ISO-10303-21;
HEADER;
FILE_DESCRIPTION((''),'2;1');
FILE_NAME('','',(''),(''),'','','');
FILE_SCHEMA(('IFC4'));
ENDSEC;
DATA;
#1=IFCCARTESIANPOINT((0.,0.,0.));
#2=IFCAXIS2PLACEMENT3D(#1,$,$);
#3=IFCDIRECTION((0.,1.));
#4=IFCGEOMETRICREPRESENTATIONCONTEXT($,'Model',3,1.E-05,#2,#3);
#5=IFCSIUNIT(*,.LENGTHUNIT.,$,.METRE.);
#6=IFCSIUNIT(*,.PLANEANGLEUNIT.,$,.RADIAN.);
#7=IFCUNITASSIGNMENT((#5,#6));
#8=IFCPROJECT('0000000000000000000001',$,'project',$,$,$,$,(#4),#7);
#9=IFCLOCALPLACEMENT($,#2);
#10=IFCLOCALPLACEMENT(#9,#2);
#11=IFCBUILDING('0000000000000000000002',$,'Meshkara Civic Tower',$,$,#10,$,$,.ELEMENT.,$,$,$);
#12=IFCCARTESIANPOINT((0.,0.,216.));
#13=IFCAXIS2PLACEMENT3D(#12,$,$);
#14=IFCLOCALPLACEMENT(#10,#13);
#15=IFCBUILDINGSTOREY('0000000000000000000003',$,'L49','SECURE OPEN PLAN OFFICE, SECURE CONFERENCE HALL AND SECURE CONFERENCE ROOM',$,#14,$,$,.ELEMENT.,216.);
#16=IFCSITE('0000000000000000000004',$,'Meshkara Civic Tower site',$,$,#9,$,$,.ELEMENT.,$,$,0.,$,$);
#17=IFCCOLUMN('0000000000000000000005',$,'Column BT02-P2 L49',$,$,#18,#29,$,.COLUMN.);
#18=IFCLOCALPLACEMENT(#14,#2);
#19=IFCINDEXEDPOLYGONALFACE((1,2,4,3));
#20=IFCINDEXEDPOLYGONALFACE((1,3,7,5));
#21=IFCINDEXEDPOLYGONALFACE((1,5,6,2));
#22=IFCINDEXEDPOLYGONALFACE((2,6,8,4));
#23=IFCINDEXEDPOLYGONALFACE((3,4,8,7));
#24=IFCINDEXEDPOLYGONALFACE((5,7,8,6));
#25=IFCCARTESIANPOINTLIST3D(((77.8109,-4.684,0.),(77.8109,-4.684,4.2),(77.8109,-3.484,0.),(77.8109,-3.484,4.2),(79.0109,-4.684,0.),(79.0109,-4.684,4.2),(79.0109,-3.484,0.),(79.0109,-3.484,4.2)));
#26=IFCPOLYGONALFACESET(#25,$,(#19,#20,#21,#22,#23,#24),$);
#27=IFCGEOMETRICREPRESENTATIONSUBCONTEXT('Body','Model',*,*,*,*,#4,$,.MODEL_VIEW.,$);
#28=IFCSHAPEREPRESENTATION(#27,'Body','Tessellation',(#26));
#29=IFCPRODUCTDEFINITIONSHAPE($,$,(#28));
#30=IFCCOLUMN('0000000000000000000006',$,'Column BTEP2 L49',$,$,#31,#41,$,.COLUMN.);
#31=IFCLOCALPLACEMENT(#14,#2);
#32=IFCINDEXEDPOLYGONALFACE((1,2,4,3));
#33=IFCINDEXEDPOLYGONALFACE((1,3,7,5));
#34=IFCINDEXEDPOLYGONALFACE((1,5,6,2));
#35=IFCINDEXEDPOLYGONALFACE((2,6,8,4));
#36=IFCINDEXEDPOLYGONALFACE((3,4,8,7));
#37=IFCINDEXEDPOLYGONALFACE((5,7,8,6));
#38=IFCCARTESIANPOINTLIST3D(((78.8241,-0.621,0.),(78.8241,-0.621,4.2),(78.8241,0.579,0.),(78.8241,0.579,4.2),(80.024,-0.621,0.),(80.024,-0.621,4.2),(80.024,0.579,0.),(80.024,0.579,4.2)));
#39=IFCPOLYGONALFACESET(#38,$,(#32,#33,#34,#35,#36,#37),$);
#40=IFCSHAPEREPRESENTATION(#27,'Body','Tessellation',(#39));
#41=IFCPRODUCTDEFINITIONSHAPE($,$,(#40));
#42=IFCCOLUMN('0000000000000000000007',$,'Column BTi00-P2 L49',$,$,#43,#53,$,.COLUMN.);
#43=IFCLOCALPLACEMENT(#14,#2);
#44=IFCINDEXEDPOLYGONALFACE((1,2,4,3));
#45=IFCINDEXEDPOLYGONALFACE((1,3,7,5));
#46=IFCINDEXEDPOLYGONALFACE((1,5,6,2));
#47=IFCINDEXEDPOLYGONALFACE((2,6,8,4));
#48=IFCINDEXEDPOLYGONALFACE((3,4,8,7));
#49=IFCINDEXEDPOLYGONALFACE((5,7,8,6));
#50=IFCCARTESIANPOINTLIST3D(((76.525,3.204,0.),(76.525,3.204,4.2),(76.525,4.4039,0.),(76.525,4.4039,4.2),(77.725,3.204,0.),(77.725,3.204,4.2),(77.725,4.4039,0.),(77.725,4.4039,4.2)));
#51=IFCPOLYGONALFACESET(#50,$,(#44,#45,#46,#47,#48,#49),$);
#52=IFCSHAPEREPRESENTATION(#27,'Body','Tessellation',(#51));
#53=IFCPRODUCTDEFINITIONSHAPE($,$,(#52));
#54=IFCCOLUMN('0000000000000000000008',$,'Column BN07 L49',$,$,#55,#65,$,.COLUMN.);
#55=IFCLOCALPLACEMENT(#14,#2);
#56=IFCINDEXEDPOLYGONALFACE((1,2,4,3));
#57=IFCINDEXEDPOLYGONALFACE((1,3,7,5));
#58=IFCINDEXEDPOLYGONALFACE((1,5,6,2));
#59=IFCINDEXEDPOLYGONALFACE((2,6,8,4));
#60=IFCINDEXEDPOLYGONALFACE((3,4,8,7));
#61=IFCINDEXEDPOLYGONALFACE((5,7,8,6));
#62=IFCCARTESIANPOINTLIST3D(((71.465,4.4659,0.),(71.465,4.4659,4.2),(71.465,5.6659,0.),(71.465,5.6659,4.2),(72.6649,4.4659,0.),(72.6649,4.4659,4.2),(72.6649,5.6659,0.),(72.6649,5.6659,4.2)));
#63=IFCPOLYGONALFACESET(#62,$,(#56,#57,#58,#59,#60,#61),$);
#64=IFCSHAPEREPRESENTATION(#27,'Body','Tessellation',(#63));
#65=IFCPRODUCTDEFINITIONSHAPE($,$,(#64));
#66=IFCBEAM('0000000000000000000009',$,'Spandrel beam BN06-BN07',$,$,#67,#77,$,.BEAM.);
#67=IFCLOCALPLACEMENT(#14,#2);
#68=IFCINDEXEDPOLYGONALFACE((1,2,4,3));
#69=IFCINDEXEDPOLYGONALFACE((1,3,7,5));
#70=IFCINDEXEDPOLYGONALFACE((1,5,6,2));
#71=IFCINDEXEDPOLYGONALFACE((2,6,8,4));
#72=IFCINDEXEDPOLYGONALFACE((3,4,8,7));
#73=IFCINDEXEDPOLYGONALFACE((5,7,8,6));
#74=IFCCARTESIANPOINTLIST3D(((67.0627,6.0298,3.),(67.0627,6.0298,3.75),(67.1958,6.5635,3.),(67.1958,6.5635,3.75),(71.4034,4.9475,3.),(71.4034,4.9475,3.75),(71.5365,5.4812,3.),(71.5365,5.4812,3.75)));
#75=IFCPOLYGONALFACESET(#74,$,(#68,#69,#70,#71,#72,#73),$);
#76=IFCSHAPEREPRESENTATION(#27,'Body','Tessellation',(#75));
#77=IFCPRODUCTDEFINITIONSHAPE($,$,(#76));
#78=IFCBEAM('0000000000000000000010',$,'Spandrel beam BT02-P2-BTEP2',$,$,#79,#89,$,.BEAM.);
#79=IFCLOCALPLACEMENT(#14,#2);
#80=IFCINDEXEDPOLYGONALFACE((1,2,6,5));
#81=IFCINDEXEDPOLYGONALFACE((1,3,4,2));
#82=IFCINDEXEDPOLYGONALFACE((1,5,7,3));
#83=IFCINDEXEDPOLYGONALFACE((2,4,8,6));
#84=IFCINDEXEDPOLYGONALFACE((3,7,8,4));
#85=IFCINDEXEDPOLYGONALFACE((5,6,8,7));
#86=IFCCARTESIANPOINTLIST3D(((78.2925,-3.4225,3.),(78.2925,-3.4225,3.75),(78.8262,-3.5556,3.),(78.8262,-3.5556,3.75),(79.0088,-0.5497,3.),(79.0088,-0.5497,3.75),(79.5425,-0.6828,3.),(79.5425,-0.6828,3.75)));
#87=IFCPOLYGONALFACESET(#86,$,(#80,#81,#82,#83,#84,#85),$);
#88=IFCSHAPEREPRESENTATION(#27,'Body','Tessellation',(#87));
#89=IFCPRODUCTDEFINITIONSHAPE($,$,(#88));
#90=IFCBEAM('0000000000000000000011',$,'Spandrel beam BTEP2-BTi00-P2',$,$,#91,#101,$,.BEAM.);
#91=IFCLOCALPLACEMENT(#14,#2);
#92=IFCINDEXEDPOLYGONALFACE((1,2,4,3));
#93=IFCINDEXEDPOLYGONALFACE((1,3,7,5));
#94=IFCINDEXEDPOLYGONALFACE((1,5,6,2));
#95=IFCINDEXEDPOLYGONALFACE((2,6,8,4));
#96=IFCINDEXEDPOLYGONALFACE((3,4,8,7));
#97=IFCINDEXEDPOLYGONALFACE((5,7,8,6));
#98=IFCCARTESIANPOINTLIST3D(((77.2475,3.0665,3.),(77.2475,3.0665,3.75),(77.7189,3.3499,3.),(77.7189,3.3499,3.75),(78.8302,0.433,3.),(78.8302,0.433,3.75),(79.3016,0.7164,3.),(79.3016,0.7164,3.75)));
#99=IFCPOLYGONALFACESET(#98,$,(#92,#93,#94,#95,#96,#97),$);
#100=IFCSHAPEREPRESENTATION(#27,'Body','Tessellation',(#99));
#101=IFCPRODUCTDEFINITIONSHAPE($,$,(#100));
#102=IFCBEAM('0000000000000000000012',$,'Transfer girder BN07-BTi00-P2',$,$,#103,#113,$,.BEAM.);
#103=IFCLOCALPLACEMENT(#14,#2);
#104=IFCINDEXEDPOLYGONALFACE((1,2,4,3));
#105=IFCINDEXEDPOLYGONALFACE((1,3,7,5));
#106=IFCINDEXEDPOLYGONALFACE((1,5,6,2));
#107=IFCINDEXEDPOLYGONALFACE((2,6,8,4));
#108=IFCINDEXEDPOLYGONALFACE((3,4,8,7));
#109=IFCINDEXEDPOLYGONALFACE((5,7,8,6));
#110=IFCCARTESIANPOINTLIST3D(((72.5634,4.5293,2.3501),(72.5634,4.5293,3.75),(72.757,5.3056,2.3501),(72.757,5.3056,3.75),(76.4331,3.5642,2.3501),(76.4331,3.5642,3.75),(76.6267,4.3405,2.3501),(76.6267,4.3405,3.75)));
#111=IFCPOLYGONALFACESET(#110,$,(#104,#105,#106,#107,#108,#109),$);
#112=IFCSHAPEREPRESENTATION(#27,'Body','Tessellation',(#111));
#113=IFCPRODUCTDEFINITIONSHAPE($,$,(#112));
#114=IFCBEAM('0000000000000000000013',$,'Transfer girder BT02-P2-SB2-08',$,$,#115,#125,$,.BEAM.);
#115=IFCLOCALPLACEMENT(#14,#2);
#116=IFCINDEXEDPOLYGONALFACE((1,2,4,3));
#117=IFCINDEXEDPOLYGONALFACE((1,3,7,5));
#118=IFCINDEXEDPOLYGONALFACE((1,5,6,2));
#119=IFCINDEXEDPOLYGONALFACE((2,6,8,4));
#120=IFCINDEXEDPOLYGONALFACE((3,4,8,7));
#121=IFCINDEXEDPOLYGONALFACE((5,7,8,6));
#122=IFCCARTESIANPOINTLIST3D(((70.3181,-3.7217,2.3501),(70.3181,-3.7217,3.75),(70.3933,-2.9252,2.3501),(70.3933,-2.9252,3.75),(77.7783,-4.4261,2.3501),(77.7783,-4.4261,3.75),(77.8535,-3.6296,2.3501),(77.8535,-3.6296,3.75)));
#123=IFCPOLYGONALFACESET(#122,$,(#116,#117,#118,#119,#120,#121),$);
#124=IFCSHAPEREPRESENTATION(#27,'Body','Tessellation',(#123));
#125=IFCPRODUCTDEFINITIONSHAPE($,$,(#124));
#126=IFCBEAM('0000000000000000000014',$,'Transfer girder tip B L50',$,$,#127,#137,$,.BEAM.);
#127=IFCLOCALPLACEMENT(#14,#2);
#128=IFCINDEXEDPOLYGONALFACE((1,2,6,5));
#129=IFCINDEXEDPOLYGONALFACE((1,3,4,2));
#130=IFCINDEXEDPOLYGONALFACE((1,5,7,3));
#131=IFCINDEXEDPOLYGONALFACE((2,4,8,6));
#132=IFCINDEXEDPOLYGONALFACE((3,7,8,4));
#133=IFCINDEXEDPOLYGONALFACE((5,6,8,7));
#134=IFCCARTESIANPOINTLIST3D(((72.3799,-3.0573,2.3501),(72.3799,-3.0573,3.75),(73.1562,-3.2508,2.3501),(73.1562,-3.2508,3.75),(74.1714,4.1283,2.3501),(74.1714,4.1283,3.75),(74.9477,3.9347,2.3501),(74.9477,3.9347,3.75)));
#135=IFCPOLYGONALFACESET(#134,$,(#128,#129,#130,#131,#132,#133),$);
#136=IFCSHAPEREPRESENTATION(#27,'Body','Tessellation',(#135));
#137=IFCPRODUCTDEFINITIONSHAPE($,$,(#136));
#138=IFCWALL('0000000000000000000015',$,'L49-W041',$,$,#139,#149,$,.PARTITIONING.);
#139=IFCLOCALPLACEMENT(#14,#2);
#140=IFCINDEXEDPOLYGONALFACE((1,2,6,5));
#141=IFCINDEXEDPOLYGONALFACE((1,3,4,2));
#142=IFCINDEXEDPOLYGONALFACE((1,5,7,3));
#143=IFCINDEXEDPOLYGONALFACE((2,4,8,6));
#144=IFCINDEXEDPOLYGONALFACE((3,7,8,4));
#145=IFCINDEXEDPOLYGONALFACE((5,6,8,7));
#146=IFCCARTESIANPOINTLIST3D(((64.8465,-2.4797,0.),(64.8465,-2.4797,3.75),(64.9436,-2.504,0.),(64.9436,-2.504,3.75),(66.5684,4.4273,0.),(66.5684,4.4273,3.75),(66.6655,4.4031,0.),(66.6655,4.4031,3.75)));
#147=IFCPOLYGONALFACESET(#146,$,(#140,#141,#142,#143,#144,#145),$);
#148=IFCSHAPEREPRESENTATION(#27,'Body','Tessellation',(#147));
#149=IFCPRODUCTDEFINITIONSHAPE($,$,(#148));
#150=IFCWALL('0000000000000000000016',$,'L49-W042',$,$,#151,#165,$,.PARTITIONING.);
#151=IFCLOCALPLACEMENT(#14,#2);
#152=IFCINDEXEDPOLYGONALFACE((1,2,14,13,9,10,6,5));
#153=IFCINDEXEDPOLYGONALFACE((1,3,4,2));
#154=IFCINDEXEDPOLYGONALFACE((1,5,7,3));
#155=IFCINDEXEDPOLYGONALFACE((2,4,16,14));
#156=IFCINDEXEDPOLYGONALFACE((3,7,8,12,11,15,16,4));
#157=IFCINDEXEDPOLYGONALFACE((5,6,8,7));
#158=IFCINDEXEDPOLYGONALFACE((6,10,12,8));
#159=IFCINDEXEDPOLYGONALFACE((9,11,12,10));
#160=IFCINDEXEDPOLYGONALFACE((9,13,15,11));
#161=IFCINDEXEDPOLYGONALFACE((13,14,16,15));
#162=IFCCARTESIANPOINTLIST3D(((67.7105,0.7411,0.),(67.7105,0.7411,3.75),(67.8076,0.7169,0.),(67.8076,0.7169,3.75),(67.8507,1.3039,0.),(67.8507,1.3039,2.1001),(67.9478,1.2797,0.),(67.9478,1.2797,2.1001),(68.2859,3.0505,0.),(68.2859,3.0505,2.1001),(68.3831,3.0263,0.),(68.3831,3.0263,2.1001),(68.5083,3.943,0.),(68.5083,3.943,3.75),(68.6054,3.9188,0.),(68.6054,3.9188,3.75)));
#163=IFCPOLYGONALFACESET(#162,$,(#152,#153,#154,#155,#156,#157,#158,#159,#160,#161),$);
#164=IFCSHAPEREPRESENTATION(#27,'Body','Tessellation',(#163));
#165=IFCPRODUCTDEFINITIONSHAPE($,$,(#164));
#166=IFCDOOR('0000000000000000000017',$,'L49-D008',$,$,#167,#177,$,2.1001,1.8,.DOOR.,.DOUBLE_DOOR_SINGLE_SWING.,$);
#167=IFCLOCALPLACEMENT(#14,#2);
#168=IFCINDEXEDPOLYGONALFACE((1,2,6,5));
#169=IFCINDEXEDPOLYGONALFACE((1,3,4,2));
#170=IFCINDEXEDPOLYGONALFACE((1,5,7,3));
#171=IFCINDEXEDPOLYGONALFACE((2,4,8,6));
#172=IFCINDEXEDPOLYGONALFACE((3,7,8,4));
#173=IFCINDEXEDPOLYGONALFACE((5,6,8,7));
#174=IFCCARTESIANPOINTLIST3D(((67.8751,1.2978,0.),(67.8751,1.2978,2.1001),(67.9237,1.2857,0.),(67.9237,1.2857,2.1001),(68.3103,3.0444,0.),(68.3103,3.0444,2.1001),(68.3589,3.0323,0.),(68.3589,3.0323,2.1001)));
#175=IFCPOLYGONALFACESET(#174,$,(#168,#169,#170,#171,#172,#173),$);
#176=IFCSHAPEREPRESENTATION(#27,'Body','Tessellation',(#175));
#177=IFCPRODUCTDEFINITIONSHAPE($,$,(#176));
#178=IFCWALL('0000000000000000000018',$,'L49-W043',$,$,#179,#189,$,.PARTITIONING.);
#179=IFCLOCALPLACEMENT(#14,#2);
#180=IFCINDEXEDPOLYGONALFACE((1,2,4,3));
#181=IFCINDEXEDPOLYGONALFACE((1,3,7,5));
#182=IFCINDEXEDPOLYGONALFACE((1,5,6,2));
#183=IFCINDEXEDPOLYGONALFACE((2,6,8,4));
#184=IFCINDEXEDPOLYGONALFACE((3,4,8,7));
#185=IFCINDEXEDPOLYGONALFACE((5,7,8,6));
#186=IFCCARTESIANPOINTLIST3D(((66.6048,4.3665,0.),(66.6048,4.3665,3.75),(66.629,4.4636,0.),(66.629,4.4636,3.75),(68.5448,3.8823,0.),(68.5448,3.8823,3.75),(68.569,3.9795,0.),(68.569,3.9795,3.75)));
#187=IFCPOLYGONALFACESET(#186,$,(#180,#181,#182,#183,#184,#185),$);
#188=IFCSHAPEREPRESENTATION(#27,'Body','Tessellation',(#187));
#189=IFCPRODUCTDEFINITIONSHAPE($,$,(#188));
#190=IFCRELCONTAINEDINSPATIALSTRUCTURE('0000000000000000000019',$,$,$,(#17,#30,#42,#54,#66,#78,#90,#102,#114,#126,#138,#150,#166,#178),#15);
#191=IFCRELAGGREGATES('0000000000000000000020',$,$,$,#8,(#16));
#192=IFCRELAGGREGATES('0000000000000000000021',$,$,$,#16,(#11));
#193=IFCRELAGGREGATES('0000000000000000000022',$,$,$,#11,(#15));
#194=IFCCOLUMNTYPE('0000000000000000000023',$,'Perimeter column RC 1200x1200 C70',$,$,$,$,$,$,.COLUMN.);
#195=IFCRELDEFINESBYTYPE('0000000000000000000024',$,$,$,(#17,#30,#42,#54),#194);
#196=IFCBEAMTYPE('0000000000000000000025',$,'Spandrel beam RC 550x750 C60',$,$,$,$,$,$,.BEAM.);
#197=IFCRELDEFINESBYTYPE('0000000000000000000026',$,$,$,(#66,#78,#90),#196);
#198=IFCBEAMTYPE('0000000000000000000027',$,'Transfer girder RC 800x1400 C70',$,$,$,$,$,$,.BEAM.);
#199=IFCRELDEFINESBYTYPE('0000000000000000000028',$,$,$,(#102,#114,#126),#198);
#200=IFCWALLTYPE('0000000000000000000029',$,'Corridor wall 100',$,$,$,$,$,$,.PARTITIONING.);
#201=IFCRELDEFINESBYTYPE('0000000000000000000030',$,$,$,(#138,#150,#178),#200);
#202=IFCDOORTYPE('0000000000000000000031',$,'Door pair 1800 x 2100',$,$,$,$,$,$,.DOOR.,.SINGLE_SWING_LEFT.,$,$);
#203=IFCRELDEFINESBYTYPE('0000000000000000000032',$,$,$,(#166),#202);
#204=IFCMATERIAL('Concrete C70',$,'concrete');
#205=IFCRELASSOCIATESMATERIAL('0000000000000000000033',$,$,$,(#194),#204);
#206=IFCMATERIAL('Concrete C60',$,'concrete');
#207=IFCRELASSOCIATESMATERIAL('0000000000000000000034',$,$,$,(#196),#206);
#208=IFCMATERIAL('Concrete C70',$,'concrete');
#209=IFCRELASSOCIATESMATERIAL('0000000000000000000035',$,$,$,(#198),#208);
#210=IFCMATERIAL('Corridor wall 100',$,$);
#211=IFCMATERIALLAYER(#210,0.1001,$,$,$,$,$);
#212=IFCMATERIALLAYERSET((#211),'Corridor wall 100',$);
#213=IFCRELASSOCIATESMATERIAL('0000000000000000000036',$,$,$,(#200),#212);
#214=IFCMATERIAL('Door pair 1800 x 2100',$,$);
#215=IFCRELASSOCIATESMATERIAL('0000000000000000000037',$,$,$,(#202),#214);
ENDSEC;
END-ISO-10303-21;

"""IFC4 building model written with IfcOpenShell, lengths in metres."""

from ifc_helpers import new_model, si_unit, direction, frame, frame_2d, origin, origin_2d, place, context, subcontext, project, spatial, rectangle, extrude, material, layer, layer_set, material_profile, profile_set, type_object, element, fill, save


model = new_model("IFC4")

# Units and contexts
model_context = context("Model", 3, precision=1e-05, world=origin(), true_north=direction((0.0, 1.0)))
body_context = subcontext(model_context, "Body", "Model", "MODEL_VIEW")
ifc_project = project(units=[si_unit("LENGTHUNIT", "METRE"), si_unit("PLANEANGLEUNIT", "RADIAN")], contexts=[model_context])

# Site, building, storey
site_placement = place(None, origin())
site = spatial("IfcSite", under=ifc_project, at=site_placement, Name="Meshkara Civic Tower site", CompositionType="ELEMENT", RefElevation=0.0)
building_placement = place(site_placement, origin())
building = spatial("IfcBuilding", under=site, at=building_placement, Name="Meshkara Civic Tower", CompositionType="ELEMENT")
storey_placement = place(building_placement, frame((0.0, 0.0, 216.0)))
storey = spatial("IfcBuildingStorey", under=building, at=storey_placement, Name="L49", Description="SECURE OPEN PLAN OFFICE, SECURE CONFERENCE HALL AND SECURE CONFERENCE ROOM", CompositionType="ELEMENT", Elevation=216.0)

# Columns
ifc_material_1 = material(Name="Concrete C70", Category="concrete")
ifc_material_profile_1 = material_profile(ifc_material_1, rectangle(XDim=1.2, YDim=1.2, at=origin_2d()))
ifc_profile_set_1 = profile_set([ifc_material_profile_1], Name="Concrete C70")
column_type = type_object("IfcColumnType", Name="Perimeter column RC 1200x1200 C70", PredefinedType="COLUMN", material=ifc_profile_set_1)
for number, where, z_axis, x_axis, name in (
    (1, (78.4109, -4.084, 0.0), (0.0, 0.0, 1.0), (1.0, 0.0, 0.0), "Column BT02-P2 L49"),
    (2, (79.4241, -0.021, 0.0), (0.0, 0.0, 1.0), (1.0, 0.0, 0.0), "Column BTEP2 L49"),
    (3, (77.125, 3.804, 0.0), (0.0, 0.0, 1.0), (1.0, 0.0, 0.0), "Column BTi00-P2 L49"),
    (4, (72.0649, 5.0659, 0.0), (0.0, 0.0, 1.0), (1.0, 0.0, 0.0), "Column BN07 L49"),
):
    element("IfcColumn", number, at=place(storey_placement, frame(where, z_axis=z_axis, x_axis=x_axis)), inside=storey, type_object=column_type, Name=name, PredefinedType="COLUMN", context=body_context, shape_type="SweptSolid", body=[
        extrude(rectangle(XDim=1.2, YDim=1.2, at=origin_2d()), origin(), (0.0, 0.0, 1.0), 4.2),
    ])

# Beams
ifc_material_2 = material(Name="Concrete C60", Category="concrete")
ifc_material_profile_2 = material_profile(ifc_material_2, rectangle(XDim=0.55, YDim=0.75, at=origin_2d()))
ifc_profile_set_2 = profile_set([ifc_material_profile_2], Name="Concrete C60")
beam_type_1 = type_object("IfcBeamType", Name="Spandrel beam RC 550x750 C60", PredefinedType="BEAM", material=ifc_profile_set_2)
beam_1_placement = place(storey_placement, frame((71.47, 5.2144, 3.375), z_axis=(-0.970296, 0.241919, 0.0), x_axis=(-0.241919, -0.970296, 0.0)))
element("IfcBeam", 5, at=beam_1_placement, inside=storey, type_object=beam_type_1, Name="Spandrel beam BN06-BN07", PredefinedType="BEAM", context=body_context, shape_type="SweptSolid", body=[
    extrude(rectangle(XDim=0.55, YDim=0.75, at=origin_2d()), origin(), (0.0, 0.0, 1.0), 4.4736),
])
beam_2_placement = place(storey_placement, frame((78.5593, -3.489, 3.375), z_axis=(0.241934, 0.970293, 0.0), x_axis=(-0.970293, 0.241934, 0.0)))
element("IfcBeam", 6, at=beam_2_placement, inside=storey, type_object=beam_type_1, Name="Spandrel beam BT02-P2-BTEP2", PredefinedType="BEAM", context=body_context, shape_type="SweptSolid", body=[
    extrude(rectangle(XDim=0.55, YDim=0.75, at=origin_2d()), origin(), (0.0, 0.0, 1.0), 2.9607),
])
beam_3_placement = place(storey_placement, frame((79.0659, 0.5747, 3.375), z_axis=(-0.515127, 0.857114, 0.0), x_axis=(-0.857114, -0.515127, 0.0)))
element("IfcBeam", 7, at=beam_3_placement, inside=storey, type_object=beam_type_1, Name="Spandrel beam BTEP2-BTi00-P2", PredefinedType="BEAM", context=body_context, shape_type="SweptSolid", body=[
    extrude(rectangle(XDim=0.55, YDim=0.75, at=origin_2d()), origin(), (0.0, 0.0, 1.0), 3.0725),
])
ifc_material_3 = material(Name="Concrete C70", Category="concrete")
ifc_material_profile_3 = material_profile(ifc_material_3, rectangle(XDim=0.8, YDim=1.3999, at=origin_2d()))
ifc_profile_set_3 = profile_set([ifc_material_profile_3], Name="Concrete C70")
beam_type_2 = type_object("IfcBeamType", Name="Transfer girder RC 800x1400 C70", PredefinedType="BEAM", material=ifc_profile_set_3)
beam_4_placement = place(storey_placement, frame((72.6602, 4.9175, 3.05), z_axis=(0.970279, -0.241988, 0.0), x_axis=(0.241988, 0.970279, 0.0)))
element("IfcBeam", 8, at=beam_4_placement, inside=storey, type_object=beam_type_2, Name="Transfer girder BN07-BTi00-P2", PredefinedType="BEAM", context=body_context, shape_type="SweptSolid", body=[
    extrude(rectangle(XDim=0.8, YDim=1.3999, at=origin_2d()), origin(), (0.0, 0.0, 1.0), 3.9883),
])
beam_5_placement = place(storey_placement, frame((70.3557, -3.3235, 3.05), z_axis=(0.995573, -0.093996, 0.0), x_axis=(0.093996, 0.995573, 0.0)))
element("IfcBeam", 9, at=beam_5_placement, inside=storey, type_object=beam_type_2, Name="Transfer girder BT02-P2-SB2-08", PredefinedType="BEAM", context=body_context, shape_type="SweptSolid", body=[
    extrude(rectangle(XDim=0.8, YDim=1.3999, at=origin_2d()), origin(), (0.0, 0.0, 1.0), 7.4934),
])
beam_6_placement = place(storey_placement, frame((72.7681, -3.1541, 3.05), z_axis=(0.241915, 0.970297, 0.0), x_axis=(-0.970297, 0.241915, 0.0)))
element("IfcBeam", 10, at=beam_6_placement, inside=storey, type_object=beam_type_2, Name="Transfer girder tip B L50", PredefinedType="BEAM", context=body_context, shape_type="SweptSolid", body=[
    extrude(rectangle(XDim=0.8, YDim=1.3999, at=origin_2d()), origin(), (0.0, 0.0, 1.0), 7.4055),
])

# Wall
ifc_material_4 = material(Name="Corridor wall 100")
ifc_layer_1 = layer(ifc_material_4, 0.1001)
ifc_layer_set_1 = layer_set([ifc_layer_1], Name="Corridor wall 100")
wall_type_1 = type_object("IfcWallType", Name="Corridor wall 100", PredefinedType="PARTITIONING", material=ifc_layer_set_1)
wall_1_placement = place(storey_placement, frame((66.6169, 4.415, 0.0), z_axis=(0.0, 0.0, 1.0), x_axis=(-0.241898, -0.970302, 0.0)))
element("IfcWall", 11, at=wall_1_placement, inside=storey, type_object=wall_type_1, Name="L49-W041", PredefinedType="PARTITIONING", context=body_context, shape_type="SweptSolid", body=[
    extrude(rectangle(XDim=7.1184, YDim=0.1001, at=frame_2d((3.5591, 0.0))), origin(), (0.0, 0.0, 1.0), 3.75),
])

# Wall, opening, door
wall_2_placement = place(storey_placement, frame((67.759, 0.729, 0.0), z_axis=(0.0, 0.0, 1.0), x_axis=(0.241787, 0.970329, 0.0)))
wall_2 = element("IfcWall", 12, at=wall_2_placement, inside=storey, type_object=wall_type_1, Name="L49-W042", PredefinedType="PARTITIONING", context=body_context, shape_type="SweptSolid", body=[
    extrude(rectangle(XDim=3.2998, YDim=0.1001, at=frame_2d((1.6499, 0.0))), origin(), (0.0, 0.0, 1.0), 3.75),
])
opening_1_placement = place(wall_2_placement, frame((0.5801, 0.0, 0.0)))
opening_1 = element("IfcOpeningElement", 13, at=opening_1_placement, cuts=wall_2, PredefinedType="OPENING", context=body_context, shape_type="SweptSolid", body=[
    extrude(rectangle(XDim=1.8, YDim=2.1001, at=frame_2d((0.8999, 1.05))), frame((0.0, 0.0601, 0.0), z_axis=(0.0, -1.0, 0.0), x_axis=(1.0, 0.0, 0.0)), (0.0, 0.0, 1.0), 0.1201),
])
ifc_material_5 = material(Name="Door pair 1800 x 2100")
door_type = type_object("IfcDoorType", Name="Door pair 1800 x 2100", OperationType="SINGLE_SWING_LEFT", PredefinedType="DOOR", material=ifc_material_5)
door_placement = place(opening_1_placement, origin())
door = element("IfcDoor", 14, at=door_placement, inside=storey, type_object=door_type, Name="L49-D008", OperationType="DOUBLE_DOOR_SINGLE_SWING", OverallHeight=2.1001, OverallWidth=1.8, PredefinedType="DOOR", context=body_context, shape_type="SweptSolid", body=[
    extrude(rectangle(XDim=1.8, YDim=2.1001, at=frame_2d((0.8999, 1.05))), frame((0.0, 0.0249, 0.0), z_axis=(0.0, -1.0, 0.0), x_axis=(1.0, 0.0, 0.0)), (0.0, 0.0, 1.0), 0.05),
])
fill(opening_1, door)

# Wall
wall_3_placement = place(storey_placement, frame((68.5569, 3.9309, 0.0), z_axis=(0.0, 0.0, 1.0), x_axis=(-0.970243, 0.242133, 0.0)))
element("IfcWall", 15, at=wall_3_placement, inside=storey, type_object=wall_type_1, Name="L49-W043", PredefinedType="PARTITIONING", context=body_context, shape_type="SweptSolid", body=[
    extrude(rectangle(XDim=1.9995, YDim=0.1001, at=frame_2d((0.9998, 0.0))), origin(), (0.0, 0.0, 1.0), 3.75),
])

save(model, "model.ifc")
